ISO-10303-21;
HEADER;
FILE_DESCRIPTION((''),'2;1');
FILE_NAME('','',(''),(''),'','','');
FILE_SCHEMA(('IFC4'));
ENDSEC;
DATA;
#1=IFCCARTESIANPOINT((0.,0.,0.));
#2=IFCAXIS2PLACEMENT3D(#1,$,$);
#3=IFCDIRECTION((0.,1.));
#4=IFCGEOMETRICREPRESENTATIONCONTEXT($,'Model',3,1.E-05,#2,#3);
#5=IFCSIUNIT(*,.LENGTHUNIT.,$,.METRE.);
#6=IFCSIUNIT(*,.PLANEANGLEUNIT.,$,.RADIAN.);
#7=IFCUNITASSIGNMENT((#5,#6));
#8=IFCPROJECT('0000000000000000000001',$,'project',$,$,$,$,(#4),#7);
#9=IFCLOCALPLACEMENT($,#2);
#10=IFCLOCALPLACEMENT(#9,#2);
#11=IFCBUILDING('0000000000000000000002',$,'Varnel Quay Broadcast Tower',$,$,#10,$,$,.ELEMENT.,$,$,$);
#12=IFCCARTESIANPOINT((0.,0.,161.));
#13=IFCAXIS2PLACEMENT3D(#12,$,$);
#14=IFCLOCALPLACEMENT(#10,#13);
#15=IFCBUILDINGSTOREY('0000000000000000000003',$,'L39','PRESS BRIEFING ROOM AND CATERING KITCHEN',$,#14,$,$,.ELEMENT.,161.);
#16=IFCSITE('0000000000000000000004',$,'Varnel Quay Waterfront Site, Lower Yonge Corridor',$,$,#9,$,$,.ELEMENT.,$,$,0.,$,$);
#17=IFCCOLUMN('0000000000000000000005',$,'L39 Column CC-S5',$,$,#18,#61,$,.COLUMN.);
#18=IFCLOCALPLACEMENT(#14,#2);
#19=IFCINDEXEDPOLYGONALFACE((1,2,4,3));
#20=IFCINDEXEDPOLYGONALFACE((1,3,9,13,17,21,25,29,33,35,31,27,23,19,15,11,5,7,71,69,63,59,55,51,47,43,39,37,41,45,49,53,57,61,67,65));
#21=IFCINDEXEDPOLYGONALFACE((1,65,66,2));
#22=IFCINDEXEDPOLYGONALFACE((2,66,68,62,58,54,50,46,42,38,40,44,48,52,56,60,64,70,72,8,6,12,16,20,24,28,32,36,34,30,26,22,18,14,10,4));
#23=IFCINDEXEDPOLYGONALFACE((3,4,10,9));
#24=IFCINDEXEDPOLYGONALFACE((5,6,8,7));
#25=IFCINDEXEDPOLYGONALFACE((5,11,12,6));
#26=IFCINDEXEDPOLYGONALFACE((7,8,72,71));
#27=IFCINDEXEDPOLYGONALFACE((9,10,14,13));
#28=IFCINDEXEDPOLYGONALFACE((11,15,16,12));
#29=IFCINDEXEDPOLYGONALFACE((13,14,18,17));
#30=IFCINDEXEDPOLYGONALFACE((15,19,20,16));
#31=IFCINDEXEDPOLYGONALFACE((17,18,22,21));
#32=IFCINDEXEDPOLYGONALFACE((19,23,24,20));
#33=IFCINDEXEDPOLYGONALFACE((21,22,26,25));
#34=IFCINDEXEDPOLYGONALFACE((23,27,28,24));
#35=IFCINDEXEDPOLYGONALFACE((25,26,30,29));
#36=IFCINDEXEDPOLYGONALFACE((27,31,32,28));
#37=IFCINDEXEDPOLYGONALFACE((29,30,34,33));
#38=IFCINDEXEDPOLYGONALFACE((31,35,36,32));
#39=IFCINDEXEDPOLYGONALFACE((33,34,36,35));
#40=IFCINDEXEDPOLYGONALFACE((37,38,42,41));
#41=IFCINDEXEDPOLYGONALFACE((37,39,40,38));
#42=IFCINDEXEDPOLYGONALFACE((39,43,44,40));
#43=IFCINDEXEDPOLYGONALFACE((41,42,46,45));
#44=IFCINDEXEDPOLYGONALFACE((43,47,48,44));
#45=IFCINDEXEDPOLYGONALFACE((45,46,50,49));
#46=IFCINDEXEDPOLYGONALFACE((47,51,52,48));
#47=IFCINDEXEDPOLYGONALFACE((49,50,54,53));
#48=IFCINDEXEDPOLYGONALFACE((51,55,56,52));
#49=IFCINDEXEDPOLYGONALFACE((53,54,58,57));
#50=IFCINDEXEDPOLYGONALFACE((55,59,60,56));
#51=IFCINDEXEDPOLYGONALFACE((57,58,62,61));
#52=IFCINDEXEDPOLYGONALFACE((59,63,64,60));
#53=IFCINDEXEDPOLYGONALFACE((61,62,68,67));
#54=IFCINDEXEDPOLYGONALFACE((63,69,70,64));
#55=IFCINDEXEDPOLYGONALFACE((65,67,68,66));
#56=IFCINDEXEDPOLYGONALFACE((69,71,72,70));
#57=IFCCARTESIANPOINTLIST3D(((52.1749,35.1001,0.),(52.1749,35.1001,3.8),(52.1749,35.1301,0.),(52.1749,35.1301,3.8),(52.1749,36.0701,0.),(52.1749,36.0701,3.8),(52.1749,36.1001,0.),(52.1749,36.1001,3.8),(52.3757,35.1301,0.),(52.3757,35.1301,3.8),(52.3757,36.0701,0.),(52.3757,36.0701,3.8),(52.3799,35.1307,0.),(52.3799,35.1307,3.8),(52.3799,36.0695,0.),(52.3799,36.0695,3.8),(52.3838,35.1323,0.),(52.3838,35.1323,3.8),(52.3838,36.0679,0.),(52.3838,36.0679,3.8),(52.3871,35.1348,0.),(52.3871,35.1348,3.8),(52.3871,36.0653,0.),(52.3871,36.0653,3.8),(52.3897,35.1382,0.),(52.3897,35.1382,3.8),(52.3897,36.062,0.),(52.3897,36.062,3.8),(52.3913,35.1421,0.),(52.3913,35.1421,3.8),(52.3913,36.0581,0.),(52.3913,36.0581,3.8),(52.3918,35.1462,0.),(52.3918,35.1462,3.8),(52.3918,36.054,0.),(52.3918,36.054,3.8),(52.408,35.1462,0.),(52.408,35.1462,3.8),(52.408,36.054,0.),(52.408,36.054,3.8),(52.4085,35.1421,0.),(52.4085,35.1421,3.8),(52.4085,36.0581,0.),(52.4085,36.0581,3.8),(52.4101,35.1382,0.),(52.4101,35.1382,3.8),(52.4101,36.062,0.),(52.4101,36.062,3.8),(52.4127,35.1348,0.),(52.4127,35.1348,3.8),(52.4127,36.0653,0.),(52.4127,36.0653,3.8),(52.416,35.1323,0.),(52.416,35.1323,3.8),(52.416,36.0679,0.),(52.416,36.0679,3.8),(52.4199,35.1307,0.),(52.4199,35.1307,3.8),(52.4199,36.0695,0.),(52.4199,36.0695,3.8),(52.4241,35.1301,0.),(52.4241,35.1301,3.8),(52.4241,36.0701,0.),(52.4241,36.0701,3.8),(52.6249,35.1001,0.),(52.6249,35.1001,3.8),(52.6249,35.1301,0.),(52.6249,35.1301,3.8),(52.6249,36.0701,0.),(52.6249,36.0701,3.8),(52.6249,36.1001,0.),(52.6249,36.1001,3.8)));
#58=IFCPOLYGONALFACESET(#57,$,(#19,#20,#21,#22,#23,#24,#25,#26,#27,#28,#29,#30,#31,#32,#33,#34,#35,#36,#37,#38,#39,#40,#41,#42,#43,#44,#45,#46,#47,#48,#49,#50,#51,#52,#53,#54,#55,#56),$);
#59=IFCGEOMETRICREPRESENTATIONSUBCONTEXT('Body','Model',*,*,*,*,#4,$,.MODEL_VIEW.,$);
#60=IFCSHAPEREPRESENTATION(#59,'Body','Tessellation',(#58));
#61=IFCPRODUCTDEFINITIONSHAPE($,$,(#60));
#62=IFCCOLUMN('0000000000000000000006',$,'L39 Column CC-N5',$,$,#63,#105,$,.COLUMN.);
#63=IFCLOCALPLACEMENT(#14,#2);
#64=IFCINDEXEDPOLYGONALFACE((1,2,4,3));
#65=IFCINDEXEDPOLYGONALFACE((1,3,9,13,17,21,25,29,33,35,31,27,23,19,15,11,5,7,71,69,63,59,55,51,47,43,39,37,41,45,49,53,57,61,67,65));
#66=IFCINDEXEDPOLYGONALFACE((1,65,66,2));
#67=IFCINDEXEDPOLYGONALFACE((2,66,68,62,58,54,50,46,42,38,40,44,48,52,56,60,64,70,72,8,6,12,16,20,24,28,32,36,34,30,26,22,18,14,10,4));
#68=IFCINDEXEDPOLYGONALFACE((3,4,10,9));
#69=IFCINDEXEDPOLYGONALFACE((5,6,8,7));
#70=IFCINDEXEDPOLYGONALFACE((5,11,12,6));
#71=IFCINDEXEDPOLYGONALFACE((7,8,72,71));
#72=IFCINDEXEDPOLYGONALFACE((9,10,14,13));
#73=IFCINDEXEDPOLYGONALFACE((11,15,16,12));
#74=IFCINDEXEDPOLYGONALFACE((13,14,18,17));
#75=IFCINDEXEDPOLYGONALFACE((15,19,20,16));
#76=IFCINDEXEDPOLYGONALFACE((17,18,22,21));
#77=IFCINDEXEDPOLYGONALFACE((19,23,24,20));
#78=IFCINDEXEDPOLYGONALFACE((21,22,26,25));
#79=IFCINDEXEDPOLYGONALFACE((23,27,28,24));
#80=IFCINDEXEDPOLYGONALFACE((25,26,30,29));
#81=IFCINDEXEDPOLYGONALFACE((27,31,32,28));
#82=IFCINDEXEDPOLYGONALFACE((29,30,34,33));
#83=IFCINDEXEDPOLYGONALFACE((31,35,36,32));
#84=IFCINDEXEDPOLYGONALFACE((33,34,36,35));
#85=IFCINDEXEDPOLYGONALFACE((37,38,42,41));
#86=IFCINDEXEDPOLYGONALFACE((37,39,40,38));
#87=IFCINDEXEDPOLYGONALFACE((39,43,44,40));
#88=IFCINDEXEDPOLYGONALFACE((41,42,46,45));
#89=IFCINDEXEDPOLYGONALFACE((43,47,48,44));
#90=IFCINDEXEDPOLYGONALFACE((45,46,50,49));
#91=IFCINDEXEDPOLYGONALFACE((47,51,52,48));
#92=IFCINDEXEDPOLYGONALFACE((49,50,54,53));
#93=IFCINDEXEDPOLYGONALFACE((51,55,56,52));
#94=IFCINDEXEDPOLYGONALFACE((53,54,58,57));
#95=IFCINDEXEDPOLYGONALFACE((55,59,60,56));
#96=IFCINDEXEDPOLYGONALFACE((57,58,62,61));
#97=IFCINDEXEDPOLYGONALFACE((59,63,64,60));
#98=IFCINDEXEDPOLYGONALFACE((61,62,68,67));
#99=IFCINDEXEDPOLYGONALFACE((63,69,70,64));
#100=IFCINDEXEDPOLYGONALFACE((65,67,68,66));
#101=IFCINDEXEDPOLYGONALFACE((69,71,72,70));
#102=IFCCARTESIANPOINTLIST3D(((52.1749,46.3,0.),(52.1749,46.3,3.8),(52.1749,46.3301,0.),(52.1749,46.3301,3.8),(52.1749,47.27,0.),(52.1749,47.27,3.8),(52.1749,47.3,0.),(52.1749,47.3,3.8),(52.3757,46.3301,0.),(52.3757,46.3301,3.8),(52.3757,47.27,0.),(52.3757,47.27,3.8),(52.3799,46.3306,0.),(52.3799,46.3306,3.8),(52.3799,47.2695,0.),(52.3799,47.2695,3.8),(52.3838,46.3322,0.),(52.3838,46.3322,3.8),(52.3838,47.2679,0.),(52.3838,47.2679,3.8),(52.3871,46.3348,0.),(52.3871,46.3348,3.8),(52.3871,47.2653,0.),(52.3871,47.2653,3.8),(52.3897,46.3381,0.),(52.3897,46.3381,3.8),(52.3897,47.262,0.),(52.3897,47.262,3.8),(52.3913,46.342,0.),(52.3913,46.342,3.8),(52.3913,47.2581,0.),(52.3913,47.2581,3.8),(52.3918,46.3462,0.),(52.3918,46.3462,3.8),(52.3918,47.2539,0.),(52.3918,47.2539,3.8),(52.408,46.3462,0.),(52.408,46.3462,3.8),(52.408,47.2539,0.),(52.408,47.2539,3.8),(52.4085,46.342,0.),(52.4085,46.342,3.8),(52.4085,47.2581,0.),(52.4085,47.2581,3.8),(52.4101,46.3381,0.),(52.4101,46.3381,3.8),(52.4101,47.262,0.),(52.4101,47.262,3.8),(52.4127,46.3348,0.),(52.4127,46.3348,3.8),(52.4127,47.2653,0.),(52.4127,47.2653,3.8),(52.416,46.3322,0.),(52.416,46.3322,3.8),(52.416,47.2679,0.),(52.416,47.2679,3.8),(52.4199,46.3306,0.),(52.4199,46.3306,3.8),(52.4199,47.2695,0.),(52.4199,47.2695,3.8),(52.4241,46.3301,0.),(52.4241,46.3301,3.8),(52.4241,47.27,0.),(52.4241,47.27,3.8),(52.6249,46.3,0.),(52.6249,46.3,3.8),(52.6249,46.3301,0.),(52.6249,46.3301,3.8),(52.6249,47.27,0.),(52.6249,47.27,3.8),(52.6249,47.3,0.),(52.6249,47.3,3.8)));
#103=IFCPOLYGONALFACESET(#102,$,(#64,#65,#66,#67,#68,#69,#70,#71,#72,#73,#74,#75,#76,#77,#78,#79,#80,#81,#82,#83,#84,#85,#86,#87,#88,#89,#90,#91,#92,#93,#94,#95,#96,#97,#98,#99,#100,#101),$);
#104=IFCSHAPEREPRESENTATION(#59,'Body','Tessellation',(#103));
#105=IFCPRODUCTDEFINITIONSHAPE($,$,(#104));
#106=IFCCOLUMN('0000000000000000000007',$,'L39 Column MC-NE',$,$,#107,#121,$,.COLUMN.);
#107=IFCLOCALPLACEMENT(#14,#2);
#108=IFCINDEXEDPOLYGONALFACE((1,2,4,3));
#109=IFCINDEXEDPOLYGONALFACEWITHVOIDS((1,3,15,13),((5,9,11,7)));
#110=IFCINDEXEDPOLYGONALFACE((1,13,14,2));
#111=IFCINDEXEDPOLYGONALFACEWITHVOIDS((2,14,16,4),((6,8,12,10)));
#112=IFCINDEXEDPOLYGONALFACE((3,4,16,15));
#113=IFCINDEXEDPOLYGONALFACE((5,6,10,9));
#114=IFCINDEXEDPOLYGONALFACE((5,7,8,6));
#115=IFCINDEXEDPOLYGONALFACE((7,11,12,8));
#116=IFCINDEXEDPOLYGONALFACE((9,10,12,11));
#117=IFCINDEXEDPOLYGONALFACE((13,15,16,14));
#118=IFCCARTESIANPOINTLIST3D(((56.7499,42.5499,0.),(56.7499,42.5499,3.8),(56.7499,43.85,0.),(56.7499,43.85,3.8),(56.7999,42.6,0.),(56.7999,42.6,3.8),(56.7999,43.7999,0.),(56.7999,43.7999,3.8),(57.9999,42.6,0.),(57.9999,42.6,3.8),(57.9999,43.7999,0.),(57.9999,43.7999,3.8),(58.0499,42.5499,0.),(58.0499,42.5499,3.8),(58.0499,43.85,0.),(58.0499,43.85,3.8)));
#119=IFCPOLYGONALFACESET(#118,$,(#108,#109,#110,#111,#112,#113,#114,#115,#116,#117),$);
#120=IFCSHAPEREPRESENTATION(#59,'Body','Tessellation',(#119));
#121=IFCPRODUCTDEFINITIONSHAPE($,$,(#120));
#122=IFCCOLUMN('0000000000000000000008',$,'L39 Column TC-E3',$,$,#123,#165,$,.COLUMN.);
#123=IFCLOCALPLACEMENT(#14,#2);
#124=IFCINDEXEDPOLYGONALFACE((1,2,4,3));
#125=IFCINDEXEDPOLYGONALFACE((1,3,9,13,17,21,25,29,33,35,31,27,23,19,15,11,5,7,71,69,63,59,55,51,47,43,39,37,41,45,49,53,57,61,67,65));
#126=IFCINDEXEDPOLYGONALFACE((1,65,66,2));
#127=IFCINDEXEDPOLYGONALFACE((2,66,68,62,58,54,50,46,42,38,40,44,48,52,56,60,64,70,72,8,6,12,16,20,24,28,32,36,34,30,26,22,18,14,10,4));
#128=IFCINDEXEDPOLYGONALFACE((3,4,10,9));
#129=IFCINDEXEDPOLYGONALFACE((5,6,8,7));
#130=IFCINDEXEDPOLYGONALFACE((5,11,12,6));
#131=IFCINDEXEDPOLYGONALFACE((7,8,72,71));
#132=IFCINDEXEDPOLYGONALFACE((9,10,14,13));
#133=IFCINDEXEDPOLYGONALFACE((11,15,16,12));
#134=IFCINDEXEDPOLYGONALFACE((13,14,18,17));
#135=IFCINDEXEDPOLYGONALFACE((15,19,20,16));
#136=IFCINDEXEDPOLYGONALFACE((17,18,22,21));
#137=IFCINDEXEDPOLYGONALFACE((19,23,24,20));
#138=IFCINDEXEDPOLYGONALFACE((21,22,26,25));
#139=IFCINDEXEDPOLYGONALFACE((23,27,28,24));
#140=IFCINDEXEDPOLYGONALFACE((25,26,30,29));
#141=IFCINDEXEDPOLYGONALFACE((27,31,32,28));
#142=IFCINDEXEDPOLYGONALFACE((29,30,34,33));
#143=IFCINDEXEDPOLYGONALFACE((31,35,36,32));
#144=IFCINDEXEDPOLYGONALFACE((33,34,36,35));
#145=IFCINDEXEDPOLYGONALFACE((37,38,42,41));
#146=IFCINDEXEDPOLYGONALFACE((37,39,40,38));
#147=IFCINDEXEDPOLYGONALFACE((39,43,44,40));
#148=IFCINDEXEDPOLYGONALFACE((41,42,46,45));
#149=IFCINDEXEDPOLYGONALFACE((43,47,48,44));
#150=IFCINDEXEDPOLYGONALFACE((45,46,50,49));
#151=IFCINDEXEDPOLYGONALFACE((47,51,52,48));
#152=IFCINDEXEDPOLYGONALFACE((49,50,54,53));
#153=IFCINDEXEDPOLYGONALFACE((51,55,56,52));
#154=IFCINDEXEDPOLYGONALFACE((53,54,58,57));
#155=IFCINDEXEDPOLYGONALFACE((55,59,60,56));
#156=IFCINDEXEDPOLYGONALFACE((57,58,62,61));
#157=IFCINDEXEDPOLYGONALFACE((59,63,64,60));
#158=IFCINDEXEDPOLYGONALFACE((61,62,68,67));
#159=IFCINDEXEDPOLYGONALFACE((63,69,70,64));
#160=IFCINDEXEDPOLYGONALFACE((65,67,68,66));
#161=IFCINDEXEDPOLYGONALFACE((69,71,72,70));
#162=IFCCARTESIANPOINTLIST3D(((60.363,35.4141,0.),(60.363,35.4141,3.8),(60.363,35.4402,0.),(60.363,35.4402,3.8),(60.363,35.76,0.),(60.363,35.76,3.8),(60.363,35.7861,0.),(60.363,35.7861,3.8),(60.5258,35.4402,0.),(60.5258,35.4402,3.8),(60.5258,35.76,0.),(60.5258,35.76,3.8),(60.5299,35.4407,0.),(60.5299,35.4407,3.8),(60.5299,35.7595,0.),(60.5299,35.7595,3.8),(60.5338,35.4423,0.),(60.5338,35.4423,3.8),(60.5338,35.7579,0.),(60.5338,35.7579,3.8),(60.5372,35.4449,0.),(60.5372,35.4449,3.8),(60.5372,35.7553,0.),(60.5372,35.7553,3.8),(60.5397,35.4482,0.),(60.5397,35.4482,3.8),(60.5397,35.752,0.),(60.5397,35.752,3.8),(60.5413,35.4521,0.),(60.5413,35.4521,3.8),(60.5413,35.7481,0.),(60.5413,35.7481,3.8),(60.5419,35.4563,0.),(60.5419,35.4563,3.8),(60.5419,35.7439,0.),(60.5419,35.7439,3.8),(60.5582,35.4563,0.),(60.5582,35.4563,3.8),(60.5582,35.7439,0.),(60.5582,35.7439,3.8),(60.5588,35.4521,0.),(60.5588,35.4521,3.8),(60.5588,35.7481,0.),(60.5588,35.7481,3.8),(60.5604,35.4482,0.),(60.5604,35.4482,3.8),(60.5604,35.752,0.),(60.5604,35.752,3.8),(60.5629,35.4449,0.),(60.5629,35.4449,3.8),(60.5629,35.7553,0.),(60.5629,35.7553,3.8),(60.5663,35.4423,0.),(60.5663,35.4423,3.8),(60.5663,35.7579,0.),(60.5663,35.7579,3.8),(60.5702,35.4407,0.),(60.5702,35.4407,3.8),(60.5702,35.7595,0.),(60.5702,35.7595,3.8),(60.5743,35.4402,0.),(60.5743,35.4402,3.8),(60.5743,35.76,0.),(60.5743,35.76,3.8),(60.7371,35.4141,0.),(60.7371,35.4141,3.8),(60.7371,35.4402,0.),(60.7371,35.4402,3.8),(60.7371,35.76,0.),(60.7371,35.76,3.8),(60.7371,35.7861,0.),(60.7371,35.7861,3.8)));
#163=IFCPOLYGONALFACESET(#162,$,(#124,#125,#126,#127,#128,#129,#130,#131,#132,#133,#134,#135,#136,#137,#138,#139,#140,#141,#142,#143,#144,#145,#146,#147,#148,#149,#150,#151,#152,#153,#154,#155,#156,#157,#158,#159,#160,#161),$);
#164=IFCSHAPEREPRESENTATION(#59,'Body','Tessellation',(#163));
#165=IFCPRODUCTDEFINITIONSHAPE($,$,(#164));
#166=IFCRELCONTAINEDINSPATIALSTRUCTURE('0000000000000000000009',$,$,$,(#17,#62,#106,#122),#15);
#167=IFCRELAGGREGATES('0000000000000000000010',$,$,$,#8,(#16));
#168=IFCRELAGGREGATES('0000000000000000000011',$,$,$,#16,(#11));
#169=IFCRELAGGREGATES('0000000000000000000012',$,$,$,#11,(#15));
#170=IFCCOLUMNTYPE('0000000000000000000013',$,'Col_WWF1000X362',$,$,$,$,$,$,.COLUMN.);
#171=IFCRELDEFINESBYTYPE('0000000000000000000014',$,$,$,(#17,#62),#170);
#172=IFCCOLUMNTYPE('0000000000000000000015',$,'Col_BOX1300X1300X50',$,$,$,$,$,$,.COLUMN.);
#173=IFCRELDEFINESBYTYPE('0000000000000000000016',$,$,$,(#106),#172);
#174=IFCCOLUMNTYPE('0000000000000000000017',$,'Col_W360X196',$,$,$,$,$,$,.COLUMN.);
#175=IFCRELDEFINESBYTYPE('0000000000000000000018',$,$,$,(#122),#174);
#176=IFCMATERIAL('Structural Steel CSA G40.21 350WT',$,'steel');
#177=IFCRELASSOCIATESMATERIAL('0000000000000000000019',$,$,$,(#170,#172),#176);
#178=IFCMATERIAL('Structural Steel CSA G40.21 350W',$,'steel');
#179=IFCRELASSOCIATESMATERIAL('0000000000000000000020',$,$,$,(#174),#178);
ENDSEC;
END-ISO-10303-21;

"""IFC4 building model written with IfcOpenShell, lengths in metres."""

from ifc_helpers import new_model, si_unit, direction, frame, origin, origin_2d, place, context, subcontext, project, spatial, hollow_rectangle, i_section, extrude, source, transform, mapped, material, material_profile, profile_set, type_object, type_shapes, element, save


model = new_model("IFC4")

# Units and contexts
model_context = context("Model", 3, precision=1e-05, world=origin(), true_north=direction((0.0, 1.0)))
body_context = subcontext(model_context, "Body", "Model", "MODEL_VIEW")
ifc_project = project(units=[si_unit("LENGTHUNIT", "METRE"), si_unit("PLANEANGLEUNIT", "RADIAN")], contexts=[model_context])

# Site, building, storey
site_placement = place(None, origin())
site = spatial("IfcSite", under=ifc_project, at=site_placement, Name="Varnel Quay Waterfront Site, Lower Yonge Corridor", CompositionType="ELEMENT", RefElevation=0.0)
building_placement = place(site_placement, origin())
building = spatial("IfcBuilding", under=site, at=building_placement, Name="Varnel Quay Broadcast Tower", CompositionType="ELEMENT")
storey_placement = place(building_placement, frame((0.0, 0.0, 161.0)))
storey = spatial("IfcBuildingStorey", under=building, at=storey_placement, Name="L39", Description="PRESS BRIEFING ROOM AND CATERING KITCHEN", CompositionType="ELEMENT", Elevation=161.0)

# Columns
ifc_material_1 = material(Name="Structural Steel CSA G40.21 350WT", Category="steel")
ifc_material_profile_1 = material_profile(ifc_material_1, i_section(OverallWidth=0.45, OverallDepth=1.0, WebThickness=0.0161, FlangeThickness=0.03, FilletRadius=0.0161, at=origin_2d()), Name="WWF1000X362")
ifc_profile_set_1 = profile_set([ifc_material_profile_1], Name="Structural Steel CSA G40.21 350WT")
column_type_1 = type_object("IfcColumnType", Name="Col_WWF1000X362", PredefinedType="COLUMN", material=ifc_profile_set_1)
shared_shape_1 = source(origin(), body_context, "Body", "SweptSolid", [
    extrude(i_section(OverallWidth=0.45, OverallDepth=1.0, WebThickness=0.0161, FlangeThickness=0.03, FilletRadius=0.0161, at=origin_2d()), origin(), (0.0, 0.0, 1.0), 3.8),
])
type_shapes(column_type_1, [shared_shape_1])
for number, where, z_axis, x_axis, name in (
    (1, (52.3999, 35.6001, 0.0), (0.0, 0.0, 1.0), (1.0, 0.0, 0.0), "L39 Column CC-S5"),
    (2, (52.3999, 46.8, 0.0), (0.0, 0.0, 1.0), (1.0, 0.0, 0.0), "L39 Column CC-N5"),
):
    element("IfcColumn", number, at=place(storey_placement, frame(where, z_axis=z_axis, x_axis=x_axis)), inside=storey, type_object=column_type_1, Name=name, PredefinedType="COLUMN", context=body_context, shape_type="MappedRepresentation", body=[
        mapped(shared_shape_1, transform((0.0, 0.0, 0.0), x_axis=(1.0, 0.0, 0.0), y_axis=(0.0, 1.0, 0.0), z_axis=(0.0, 0.0, 1.0), scale=1.0)),
    ])
ifc_material_profile_2 = material_profile(ifc_material_1, hollow_rectangle(XDim=1.3, YDim=1.3, WallThickness=0.05, at=origin_2d()), Name="BOX1300X1300X50")
ifc_profile_set_2 = profile_set([ifc_material_profile_2], Name="Structural Steel CSA G40.21 350WT")
column_type_2 = type_object("IfcColumnType", Name="Col_BOX1300X1300X50", PredefinedType="COLUMN", material=ifc_profile_set_2)
shared_shape_2 = source(origin(), body_context, "Body", "SweptSolid", [
    extrude(hollow_rectangle(XDim=1.3, YDim=1.3, WallThickness=0.05, at=origin_2d()), origin(), (0.0, 0.0, 1.0), 3.8),
])
type_shapes(column_type_2, [shared_shape_2])
column_1_placement = place(storey_placement, frame((57.3999, 43.2, 0.0), z_axis=(0.0, 0.0, 1.0), x_axis=(1.0, 0.0, 0.0)))
element("IfcColumn", 3, at=column_1_placement, inside=storey, type_object=column_type_2, Name="L39 Column MC-NE", PredefinedType="COLUMN", context=body_context, shape_type="MappedRepresentation", body=[
    mapped(shared_shape_2, transform((0.0, 0.0, 0.0), x_axis=(1.0, 0.0, 0.0), y_axis=(0.0, 1.0, 0.0), z_axis=(0.0, 0.0, 1.0), scale=1.0)),
])
ifc_material_2 = material(Name="Structural Steel CSA G40.21 350W", Category="steel")
ifc_material_profile_3 = material_profile(ifc_material_2, i_section(OverallWidth=0.374, OverallDepth=0.3721, WebThickness=0.0164, FlangeThickness=0.0261, FilletRadius=0.0161, at=origin_2d()), Name="W360X196")
ifc_profile_set_3 = profile_set([ifc_material_profile_3], Name="Structural Steel CSA G40.21 350W")
column_type_3 = type_object("IfcColumnType", Name="Col_W360X196", PredefinedType="COLUMN", material=ifc_profile_set_3)
shared_shape_3 = source(origin(), body_context, "Body", "SweptSolid", [
    extrude(i_section(OverallWidth=0.374, OverallDepth=0.3721, WebThickness=0.0164, FlangeThickness=0.0261, FilletRadius=0.0161, at=origin_2d()), origin(), (0.0, 0.0, 1.0), 3.8),
])
type_shapes(column_type_3, [shared_shape_3])
column_2_placement = place(storey_placement, frame((60.55, 35.6001, 0.0), z_axis=(0.0, 0.0, 1.0), x_axis=(1.0, 0.0, 0.0)))
element("IfcColumn", 4, at=column_2_placement, inside=storey, type_object=column_type_3, Name="L39 Column TC-E3", PredefinedType="COLUMN", context=body_context, shape_type="MappedRepresentation", body=[
    mapped(shared_shape_3, transform((0.0, 0.0, 0.0), x_axis=(1.0, 0.0, 0.0), y_axis=(0.0, 1.0, 0.0), z_axis=(0.0, 0.0, 1.0), scale=1.0)),
])

save(model, "model.ifc")
